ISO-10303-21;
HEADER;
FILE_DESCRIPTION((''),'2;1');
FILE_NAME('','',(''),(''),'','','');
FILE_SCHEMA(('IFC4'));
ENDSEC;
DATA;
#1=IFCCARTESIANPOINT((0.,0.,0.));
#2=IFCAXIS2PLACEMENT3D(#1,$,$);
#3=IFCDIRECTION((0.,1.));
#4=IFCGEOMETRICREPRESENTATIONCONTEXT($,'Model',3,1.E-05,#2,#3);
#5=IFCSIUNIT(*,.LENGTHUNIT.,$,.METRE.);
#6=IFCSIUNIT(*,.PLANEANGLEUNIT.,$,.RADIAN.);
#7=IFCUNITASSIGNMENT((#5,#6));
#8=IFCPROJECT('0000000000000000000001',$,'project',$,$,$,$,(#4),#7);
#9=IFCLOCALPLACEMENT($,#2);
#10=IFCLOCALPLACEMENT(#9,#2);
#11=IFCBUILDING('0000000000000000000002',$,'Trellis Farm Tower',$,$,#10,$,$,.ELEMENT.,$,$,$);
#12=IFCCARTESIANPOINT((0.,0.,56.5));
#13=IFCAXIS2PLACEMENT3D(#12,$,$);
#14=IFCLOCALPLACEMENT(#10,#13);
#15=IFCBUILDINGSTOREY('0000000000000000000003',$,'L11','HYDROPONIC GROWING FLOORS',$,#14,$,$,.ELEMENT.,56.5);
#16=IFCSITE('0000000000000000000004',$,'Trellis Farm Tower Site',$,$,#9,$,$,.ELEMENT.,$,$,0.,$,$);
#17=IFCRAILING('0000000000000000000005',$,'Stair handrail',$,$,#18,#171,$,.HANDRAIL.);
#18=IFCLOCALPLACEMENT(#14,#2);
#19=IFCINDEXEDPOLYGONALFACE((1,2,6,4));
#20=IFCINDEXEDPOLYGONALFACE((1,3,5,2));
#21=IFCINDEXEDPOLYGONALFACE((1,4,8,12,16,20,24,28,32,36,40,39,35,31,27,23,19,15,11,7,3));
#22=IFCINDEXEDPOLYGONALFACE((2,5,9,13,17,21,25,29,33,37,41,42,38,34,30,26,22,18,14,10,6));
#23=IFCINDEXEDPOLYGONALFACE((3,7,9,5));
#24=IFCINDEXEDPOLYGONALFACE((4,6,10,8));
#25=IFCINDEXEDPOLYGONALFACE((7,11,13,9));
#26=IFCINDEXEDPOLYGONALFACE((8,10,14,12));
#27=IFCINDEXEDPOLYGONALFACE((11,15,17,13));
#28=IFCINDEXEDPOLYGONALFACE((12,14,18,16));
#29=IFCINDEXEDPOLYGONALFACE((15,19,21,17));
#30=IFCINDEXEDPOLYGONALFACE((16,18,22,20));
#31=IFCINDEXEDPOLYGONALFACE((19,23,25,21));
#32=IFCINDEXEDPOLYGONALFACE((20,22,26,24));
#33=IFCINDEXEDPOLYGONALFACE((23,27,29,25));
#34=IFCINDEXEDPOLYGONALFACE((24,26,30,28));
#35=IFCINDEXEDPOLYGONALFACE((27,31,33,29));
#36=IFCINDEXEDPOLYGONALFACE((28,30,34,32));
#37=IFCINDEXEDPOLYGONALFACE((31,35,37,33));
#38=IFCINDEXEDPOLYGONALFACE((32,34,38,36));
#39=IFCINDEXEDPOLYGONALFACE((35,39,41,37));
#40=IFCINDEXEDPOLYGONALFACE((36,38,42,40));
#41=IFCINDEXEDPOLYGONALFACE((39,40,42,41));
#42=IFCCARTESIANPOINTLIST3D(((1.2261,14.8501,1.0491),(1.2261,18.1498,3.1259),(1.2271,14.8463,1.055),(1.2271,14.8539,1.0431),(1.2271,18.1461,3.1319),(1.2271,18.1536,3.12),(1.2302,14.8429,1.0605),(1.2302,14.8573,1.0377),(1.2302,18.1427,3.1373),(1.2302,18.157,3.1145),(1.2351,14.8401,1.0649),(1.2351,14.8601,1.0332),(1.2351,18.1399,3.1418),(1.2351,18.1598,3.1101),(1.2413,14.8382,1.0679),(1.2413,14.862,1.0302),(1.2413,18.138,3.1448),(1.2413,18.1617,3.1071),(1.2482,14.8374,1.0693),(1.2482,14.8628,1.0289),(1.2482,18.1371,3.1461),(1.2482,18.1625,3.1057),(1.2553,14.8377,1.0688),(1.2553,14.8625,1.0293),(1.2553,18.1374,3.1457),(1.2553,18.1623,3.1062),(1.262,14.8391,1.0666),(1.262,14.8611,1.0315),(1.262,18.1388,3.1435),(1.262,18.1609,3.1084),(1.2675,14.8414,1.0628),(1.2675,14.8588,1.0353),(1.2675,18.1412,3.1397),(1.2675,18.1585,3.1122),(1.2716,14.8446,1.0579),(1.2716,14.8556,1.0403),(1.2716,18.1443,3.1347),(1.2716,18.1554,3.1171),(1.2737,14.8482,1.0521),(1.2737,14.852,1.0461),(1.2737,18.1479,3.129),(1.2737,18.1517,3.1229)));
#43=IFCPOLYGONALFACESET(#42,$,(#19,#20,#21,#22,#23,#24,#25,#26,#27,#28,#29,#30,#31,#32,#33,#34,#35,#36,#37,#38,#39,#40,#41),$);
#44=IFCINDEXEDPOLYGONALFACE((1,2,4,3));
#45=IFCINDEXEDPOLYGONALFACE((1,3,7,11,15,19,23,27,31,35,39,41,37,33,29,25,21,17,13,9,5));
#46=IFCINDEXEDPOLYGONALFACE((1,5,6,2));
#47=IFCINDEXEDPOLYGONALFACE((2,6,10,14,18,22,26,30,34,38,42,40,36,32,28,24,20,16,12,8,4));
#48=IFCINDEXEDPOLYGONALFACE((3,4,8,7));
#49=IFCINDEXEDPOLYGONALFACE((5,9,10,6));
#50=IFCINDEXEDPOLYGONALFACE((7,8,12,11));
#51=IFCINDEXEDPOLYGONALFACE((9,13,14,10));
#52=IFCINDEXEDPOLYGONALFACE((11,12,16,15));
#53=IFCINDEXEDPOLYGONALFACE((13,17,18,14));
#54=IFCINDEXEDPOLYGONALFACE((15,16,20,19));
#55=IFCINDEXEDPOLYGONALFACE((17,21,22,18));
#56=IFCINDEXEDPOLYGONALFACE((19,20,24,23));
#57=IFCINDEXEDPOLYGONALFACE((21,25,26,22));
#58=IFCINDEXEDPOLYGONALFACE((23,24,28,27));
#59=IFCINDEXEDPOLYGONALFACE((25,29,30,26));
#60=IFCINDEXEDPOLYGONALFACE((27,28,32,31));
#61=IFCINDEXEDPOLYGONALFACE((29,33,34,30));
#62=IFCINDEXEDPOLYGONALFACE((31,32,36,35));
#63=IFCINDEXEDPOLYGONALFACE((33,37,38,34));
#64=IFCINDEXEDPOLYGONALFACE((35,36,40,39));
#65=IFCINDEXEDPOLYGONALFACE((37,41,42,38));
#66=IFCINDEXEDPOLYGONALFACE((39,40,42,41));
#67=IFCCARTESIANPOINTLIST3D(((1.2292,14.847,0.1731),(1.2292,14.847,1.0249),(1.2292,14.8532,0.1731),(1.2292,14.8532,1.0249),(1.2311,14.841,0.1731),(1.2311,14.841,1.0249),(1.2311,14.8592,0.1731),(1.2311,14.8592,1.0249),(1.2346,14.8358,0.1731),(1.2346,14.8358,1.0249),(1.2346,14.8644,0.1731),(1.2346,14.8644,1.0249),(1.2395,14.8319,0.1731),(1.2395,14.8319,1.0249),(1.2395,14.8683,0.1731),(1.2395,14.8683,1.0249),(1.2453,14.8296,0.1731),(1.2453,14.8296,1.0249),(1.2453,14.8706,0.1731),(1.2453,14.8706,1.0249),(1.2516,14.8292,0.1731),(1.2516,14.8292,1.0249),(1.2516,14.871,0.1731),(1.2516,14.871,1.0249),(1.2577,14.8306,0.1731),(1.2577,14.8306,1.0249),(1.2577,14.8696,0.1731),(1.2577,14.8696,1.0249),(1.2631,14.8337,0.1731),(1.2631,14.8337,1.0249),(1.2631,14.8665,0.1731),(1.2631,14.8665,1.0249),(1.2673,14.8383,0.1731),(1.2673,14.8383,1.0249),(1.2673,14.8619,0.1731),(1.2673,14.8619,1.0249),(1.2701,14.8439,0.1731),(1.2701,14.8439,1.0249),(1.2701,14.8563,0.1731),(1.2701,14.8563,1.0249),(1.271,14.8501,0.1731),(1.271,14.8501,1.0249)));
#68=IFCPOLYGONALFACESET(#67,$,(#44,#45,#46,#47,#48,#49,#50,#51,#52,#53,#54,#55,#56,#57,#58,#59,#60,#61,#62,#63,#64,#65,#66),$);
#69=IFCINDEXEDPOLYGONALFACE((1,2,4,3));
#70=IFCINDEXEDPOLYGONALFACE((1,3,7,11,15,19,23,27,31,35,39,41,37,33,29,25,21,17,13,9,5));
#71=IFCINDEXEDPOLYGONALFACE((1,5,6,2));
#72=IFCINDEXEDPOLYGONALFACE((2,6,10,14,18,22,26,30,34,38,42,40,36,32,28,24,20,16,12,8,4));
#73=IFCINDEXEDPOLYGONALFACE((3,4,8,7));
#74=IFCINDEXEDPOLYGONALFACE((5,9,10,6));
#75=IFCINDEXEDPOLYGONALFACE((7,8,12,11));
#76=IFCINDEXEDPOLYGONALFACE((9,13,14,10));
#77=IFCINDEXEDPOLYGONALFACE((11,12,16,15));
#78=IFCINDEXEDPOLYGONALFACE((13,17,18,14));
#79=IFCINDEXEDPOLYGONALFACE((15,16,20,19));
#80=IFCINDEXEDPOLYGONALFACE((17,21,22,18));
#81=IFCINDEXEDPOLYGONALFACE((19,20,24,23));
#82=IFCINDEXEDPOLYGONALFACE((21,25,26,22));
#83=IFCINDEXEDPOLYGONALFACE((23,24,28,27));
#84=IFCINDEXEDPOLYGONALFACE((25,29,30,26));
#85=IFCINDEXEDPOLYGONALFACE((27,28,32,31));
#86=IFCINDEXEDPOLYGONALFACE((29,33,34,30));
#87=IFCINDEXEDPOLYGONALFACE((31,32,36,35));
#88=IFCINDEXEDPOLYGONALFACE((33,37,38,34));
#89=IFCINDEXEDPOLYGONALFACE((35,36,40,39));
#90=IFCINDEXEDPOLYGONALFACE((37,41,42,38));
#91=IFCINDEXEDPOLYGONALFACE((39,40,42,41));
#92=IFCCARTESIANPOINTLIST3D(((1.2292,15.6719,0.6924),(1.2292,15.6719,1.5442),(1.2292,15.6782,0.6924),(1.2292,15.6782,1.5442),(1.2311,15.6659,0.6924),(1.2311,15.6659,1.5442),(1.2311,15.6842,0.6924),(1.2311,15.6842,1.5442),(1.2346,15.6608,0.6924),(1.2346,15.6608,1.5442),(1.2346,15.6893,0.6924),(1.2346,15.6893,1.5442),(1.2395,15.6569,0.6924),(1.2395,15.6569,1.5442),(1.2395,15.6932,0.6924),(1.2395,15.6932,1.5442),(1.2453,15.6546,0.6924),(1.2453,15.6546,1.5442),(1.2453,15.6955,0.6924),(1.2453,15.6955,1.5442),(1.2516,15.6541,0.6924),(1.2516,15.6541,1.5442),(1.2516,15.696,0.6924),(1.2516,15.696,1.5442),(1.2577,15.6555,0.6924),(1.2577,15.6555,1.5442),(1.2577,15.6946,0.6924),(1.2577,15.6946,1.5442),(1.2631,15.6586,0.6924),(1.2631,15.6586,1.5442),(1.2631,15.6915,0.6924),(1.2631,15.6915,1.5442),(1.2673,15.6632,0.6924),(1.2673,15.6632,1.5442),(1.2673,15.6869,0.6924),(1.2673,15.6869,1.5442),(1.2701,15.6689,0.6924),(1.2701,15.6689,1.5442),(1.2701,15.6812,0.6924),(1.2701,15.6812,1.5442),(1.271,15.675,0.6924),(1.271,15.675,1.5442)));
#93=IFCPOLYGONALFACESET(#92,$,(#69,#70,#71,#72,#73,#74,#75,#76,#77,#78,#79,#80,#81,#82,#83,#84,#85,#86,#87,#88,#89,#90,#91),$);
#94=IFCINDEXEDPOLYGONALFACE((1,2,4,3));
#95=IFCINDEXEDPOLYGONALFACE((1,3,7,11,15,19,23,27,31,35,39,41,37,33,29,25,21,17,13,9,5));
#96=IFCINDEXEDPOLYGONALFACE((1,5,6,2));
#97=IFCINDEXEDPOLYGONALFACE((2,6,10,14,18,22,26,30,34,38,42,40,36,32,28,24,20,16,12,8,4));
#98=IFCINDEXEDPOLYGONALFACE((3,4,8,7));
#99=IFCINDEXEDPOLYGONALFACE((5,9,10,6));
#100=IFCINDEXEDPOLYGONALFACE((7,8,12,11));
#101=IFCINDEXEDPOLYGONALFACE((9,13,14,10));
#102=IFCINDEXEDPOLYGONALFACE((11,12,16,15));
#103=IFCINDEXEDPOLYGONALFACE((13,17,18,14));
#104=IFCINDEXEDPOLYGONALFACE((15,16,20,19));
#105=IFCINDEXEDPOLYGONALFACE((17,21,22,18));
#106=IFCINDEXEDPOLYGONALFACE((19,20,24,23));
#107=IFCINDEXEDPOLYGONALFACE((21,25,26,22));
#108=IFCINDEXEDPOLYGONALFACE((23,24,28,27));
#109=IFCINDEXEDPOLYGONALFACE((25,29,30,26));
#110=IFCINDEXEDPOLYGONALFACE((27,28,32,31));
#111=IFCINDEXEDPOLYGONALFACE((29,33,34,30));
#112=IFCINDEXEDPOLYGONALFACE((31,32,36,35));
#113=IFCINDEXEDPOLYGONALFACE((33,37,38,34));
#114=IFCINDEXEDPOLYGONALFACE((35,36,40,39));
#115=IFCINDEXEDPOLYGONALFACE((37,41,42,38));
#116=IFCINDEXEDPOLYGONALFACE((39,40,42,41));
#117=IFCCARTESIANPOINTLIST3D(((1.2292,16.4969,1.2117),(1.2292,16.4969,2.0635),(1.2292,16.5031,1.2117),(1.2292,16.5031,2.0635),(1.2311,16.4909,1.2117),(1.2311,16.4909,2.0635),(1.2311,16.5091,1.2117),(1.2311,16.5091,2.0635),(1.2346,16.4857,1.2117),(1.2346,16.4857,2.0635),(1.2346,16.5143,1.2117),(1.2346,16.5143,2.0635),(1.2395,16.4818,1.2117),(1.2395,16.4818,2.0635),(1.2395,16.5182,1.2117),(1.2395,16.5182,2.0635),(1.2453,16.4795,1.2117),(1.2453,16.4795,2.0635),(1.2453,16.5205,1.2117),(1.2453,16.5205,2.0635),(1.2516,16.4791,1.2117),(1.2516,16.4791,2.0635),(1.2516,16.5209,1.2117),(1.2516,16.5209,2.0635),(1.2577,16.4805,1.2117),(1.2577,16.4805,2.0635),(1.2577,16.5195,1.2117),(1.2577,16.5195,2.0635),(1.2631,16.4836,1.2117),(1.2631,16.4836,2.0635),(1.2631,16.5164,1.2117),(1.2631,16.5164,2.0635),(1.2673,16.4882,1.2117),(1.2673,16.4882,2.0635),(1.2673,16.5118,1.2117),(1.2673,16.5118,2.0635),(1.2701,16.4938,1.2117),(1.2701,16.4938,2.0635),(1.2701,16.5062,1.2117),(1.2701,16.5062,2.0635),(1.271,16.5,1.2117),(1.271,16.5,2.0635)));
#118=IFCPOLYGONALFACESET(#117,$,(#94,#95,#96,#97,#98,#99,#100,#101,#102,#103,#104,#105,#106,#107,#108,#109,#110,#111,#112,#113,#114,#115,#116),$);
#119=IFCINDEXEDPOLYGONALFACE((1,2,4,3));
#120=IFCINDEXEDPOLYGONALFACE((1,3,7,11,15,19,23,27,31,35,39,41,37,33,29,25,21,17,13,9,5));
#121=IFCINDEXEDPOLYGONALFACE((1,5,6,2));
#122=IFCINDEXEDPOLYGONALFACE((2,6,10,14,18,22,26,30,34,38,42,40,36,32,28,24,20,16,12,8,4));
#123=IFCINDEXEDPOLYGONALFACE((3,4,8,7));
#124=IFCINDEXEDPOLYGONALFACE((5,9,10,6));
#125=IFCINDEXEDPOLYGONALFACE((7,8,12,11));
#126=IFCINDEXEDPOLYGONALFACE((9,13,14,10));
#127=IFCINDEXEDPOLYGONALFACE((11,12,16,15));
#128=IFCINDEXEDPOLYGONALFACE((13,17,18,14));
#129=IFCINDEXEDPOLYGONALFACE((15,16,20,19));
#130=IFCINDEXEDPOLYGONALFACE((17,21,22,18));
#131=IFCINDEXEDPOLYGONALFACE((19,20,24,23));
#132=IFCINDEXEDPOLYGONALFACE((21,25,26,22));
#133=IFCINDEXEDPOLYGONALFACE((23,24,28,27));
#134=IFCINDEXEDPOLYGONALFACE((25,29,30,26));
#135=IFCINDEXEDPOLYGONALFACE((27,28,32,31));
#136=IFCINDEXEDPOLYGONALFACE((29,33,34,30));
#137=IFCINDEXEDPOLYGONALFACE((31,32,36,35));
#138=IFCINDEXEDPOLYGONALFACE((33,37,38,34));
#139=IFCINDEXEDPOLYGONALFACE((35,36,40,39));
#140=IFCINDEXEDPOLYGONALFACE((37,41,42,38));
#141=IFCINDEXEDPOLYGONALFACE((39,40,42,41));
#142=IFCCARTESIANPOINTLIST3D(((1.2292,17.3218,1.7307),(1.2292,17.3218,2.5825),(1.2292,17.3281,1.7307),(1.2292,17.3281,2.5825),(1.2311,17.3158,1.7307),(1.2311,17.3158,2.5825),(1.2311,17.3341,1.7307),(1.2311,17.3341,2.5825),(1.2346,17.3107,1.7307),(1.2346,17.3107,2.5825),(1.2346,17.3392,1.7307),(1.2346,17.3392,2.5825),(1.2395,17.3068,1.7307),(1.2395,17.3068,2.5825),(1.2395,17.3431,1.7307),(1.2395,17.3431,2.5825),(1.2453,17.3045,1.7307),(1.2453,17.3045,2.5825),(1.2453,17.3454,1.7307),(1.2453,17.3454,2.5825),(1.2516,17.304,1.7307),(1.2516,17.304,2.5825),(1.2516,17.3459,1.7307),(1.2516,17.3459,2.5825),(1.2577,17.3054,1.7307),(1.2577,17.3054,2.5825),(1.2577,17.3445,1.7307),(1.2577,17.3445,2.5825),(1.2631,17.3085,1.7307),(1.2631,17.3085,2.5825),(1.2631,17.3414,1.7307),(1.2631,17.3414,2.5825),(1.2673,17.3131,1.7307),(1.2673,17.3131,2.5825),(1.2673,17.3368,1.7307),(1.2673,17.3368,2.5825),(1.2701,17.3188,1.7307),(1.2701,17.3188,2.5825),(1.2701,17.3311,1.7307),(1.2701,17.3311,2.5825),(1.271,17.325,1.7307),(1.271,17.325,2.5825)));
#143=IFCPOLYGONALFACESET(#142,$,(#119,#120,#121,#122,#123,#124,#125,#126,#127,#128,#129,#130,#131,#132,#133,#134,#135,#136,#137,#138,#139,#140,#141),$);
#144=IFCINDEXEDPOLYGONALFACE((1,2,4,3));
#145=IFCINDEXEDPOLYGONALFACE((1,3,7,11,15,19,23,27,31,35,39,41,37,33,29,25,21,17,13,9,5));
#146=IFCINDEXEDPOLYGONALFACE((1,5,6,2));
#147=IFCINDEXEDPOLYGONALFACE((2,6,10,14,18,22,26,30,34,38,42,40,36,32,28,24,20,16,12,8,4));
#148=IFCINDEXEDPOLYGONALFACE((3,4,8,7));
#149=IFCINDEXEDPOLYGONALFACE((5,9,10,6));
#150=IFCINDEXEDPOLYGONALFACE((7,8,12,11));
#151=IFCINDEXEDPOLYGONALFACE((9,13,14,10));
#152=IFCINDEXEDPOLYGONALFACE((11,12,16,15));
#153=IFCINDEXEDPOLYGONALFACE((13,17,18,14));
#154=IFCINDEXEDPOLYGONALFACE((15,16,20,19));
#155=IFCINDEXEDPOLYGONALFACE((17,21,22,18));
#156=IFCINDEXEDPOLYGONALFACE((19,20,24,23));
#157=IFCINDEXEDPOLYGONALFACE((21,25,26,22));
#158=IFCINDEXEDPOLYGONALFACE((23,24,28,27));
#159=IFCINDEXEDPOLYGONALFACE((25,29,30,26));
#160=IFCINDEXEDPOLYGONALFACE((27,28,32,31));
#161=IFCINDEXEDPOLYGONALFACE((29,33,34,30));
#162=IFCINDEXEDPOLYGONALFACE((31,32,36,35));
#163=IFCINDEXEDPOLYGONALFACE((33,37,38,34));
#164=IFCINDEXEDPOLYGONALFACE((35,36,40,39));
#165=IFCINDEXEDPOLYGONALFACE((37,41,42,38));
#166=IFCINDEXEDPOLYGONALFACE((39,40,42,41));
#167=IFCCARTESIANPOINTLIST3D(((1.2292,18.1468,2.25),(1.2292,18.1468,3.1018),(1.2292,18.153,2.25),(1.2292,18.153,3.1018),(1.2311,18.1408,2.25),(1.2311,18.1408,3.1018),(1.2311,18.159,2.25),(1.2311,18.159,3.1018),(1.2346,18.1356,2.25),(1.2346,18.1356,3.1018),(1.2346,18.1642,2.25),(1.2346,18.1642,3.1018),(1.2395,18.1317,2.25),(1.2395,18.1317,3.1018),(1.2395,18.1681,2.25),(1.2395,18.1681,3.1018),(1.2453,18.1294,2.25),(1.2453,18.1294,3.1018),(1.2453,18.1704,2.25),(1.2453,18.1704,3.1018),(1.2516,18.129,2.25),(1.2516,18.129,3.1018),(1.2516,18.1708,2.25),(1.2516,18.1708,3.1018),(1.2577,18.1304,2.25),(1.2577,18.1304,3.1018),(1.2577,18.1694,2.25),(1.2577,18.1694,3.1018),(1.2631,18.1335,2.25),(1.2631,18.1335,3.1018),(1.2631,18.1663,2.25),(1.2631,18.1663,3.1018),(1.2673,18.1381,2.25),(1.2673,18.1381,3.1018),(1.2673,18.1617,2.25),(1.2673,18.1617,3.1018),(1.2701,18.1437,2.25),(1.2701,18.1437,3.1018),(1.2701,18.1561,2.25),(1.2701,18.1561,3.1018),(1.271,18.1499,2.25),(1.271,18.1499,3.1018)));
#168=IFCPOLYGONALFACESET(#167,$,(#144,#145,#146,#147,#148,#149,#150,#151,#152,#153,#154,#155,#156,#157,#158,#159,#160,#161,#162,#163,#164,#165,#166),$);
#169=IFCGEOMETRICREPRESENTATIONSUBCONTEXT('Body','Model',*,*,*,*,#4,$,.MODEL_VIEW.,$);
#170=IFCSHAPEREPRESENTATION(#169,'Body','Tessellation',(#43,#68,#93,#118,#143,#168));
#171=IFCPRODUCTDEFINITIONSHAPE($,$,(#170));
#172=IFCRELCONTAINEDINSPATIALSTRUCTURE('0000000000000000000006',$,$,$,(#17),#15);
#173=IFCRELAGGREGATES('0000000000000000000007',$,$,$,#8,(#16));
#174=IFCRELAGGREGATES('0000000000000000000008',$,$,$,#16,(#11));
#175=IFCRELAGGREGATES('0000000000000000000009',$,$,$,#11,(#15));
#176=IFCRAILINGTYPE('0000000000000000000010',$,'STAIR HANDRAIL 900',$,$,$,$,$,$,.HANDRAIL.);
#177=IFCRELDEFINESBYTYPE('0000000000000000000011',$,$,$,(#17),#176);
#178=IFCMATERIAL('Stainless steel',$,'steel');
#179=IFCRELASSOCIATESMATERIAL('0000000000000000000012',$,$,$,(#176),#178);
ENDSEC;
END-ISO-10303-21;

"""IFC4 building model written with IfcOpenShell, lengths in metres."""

from ifc_helpers import new_model, si_unit, direction, frame, origin, origin_2d, place, context, subcontext, project, spatial, circle, extrude, source, transform, mapped, material, type_object, element, save


model = new_model("IFC4")

# Units and contexts
model_context = context("Model", 3, precision=1e-05, world=origin(), true_north=direction((0.0, 1.0)))
body_context = subcontext(model_context, "Body", "Model", "MODEL_VIEW")
ifc_project = project(units=[si_unit("LENGTHUNIT", "METRE"), si_unit("PLANEANGLEUNIT", "RADIAN")], contexts=[model_context])

# Site, building, storey
site_placement = place(None, origin())
site = spatial("IfcSite", under=ifc_project, at=site_placement, Name="Trellis Farm Tower Site", CompositionType="ELEMENT", RefElevation=0.0)
building_placement = place(site_placement, origin())
building = spatial("IfcBuilding", under=site, at=building_placement, Name="Trellis Farm Tower", CompositionType="ELEMENT")
storey_placement = place(building_placement, frame((0.0, 0.0, 56.5)))
storey = spatial("IfcBuildingStorey", under=building, at=storey_placement, Name="L11", Description="HYDROPONIC GROWING FLOORS", CompositionType="ELEMENT", Elevation=56.5)

# Railing
ifc_material_1 = material(Name="Stainless steel", Category="steel")
railing_type = type_object("IfcRailingType", Name="STAIR HANDRAIL 900", PredefinedType="HANDRAIL", material=ifc_material_1)
shared_shape_1 = source(origin(), body_context, "Body", "SweptSolid", [
    extrude(circle(Radius=0.0239, at=origin_2d()), frame((0.0, 0.0, 0.876), z_axis=(0.0, 0.84632, 0.532675), x_axis=(-1.0, 0.0, 0.0)), (0.0, 0.0, 1.0), 3.8989),
    extrude(circle(Radius=0.021, at=origin_2d()), origin(), (0.0, 0.0, 1.0), 0.8518),
    extrude(circle(Radius=0.021, at=origin_2d()), frame((0.0, 0.825, 0.5193)), (0.0, 0.0, 1.0), 0.8518),
    extrude(circle(Radius=0.021, at=origin_2d()), frame((0.0, 1.6499, 1.0386)), (0.0, 0.0, 1.0), 0.8518),
    extrude(circle(Radius=0.021, at=origin_2d()), frame((0.0, 2.4749, 1.5576)), (0.0, 0.0, 1.0), 0.8518),
    extrude(circle(Radius=0.021, at=origin_2d()), frame((0.0, 3.2998, 2.0769)), (0.0, 0.0, 1.0), 0.8518),
])
railing_placement = place(storey_placement, frame((1.25, 14.8501, 0.1731)))
element("IfcRailing", 1, at=railing_placement, inside=storey, type_object=railing_type, Name="Stair handrail", PredefinedType="HANDRAIL", context=body_context, shape_type="MappedRepresentation", body=[
    mapped(shared_shape_1, transform((0.0, 0.0, 0.0))),
])

save(model, "model.ifc")
